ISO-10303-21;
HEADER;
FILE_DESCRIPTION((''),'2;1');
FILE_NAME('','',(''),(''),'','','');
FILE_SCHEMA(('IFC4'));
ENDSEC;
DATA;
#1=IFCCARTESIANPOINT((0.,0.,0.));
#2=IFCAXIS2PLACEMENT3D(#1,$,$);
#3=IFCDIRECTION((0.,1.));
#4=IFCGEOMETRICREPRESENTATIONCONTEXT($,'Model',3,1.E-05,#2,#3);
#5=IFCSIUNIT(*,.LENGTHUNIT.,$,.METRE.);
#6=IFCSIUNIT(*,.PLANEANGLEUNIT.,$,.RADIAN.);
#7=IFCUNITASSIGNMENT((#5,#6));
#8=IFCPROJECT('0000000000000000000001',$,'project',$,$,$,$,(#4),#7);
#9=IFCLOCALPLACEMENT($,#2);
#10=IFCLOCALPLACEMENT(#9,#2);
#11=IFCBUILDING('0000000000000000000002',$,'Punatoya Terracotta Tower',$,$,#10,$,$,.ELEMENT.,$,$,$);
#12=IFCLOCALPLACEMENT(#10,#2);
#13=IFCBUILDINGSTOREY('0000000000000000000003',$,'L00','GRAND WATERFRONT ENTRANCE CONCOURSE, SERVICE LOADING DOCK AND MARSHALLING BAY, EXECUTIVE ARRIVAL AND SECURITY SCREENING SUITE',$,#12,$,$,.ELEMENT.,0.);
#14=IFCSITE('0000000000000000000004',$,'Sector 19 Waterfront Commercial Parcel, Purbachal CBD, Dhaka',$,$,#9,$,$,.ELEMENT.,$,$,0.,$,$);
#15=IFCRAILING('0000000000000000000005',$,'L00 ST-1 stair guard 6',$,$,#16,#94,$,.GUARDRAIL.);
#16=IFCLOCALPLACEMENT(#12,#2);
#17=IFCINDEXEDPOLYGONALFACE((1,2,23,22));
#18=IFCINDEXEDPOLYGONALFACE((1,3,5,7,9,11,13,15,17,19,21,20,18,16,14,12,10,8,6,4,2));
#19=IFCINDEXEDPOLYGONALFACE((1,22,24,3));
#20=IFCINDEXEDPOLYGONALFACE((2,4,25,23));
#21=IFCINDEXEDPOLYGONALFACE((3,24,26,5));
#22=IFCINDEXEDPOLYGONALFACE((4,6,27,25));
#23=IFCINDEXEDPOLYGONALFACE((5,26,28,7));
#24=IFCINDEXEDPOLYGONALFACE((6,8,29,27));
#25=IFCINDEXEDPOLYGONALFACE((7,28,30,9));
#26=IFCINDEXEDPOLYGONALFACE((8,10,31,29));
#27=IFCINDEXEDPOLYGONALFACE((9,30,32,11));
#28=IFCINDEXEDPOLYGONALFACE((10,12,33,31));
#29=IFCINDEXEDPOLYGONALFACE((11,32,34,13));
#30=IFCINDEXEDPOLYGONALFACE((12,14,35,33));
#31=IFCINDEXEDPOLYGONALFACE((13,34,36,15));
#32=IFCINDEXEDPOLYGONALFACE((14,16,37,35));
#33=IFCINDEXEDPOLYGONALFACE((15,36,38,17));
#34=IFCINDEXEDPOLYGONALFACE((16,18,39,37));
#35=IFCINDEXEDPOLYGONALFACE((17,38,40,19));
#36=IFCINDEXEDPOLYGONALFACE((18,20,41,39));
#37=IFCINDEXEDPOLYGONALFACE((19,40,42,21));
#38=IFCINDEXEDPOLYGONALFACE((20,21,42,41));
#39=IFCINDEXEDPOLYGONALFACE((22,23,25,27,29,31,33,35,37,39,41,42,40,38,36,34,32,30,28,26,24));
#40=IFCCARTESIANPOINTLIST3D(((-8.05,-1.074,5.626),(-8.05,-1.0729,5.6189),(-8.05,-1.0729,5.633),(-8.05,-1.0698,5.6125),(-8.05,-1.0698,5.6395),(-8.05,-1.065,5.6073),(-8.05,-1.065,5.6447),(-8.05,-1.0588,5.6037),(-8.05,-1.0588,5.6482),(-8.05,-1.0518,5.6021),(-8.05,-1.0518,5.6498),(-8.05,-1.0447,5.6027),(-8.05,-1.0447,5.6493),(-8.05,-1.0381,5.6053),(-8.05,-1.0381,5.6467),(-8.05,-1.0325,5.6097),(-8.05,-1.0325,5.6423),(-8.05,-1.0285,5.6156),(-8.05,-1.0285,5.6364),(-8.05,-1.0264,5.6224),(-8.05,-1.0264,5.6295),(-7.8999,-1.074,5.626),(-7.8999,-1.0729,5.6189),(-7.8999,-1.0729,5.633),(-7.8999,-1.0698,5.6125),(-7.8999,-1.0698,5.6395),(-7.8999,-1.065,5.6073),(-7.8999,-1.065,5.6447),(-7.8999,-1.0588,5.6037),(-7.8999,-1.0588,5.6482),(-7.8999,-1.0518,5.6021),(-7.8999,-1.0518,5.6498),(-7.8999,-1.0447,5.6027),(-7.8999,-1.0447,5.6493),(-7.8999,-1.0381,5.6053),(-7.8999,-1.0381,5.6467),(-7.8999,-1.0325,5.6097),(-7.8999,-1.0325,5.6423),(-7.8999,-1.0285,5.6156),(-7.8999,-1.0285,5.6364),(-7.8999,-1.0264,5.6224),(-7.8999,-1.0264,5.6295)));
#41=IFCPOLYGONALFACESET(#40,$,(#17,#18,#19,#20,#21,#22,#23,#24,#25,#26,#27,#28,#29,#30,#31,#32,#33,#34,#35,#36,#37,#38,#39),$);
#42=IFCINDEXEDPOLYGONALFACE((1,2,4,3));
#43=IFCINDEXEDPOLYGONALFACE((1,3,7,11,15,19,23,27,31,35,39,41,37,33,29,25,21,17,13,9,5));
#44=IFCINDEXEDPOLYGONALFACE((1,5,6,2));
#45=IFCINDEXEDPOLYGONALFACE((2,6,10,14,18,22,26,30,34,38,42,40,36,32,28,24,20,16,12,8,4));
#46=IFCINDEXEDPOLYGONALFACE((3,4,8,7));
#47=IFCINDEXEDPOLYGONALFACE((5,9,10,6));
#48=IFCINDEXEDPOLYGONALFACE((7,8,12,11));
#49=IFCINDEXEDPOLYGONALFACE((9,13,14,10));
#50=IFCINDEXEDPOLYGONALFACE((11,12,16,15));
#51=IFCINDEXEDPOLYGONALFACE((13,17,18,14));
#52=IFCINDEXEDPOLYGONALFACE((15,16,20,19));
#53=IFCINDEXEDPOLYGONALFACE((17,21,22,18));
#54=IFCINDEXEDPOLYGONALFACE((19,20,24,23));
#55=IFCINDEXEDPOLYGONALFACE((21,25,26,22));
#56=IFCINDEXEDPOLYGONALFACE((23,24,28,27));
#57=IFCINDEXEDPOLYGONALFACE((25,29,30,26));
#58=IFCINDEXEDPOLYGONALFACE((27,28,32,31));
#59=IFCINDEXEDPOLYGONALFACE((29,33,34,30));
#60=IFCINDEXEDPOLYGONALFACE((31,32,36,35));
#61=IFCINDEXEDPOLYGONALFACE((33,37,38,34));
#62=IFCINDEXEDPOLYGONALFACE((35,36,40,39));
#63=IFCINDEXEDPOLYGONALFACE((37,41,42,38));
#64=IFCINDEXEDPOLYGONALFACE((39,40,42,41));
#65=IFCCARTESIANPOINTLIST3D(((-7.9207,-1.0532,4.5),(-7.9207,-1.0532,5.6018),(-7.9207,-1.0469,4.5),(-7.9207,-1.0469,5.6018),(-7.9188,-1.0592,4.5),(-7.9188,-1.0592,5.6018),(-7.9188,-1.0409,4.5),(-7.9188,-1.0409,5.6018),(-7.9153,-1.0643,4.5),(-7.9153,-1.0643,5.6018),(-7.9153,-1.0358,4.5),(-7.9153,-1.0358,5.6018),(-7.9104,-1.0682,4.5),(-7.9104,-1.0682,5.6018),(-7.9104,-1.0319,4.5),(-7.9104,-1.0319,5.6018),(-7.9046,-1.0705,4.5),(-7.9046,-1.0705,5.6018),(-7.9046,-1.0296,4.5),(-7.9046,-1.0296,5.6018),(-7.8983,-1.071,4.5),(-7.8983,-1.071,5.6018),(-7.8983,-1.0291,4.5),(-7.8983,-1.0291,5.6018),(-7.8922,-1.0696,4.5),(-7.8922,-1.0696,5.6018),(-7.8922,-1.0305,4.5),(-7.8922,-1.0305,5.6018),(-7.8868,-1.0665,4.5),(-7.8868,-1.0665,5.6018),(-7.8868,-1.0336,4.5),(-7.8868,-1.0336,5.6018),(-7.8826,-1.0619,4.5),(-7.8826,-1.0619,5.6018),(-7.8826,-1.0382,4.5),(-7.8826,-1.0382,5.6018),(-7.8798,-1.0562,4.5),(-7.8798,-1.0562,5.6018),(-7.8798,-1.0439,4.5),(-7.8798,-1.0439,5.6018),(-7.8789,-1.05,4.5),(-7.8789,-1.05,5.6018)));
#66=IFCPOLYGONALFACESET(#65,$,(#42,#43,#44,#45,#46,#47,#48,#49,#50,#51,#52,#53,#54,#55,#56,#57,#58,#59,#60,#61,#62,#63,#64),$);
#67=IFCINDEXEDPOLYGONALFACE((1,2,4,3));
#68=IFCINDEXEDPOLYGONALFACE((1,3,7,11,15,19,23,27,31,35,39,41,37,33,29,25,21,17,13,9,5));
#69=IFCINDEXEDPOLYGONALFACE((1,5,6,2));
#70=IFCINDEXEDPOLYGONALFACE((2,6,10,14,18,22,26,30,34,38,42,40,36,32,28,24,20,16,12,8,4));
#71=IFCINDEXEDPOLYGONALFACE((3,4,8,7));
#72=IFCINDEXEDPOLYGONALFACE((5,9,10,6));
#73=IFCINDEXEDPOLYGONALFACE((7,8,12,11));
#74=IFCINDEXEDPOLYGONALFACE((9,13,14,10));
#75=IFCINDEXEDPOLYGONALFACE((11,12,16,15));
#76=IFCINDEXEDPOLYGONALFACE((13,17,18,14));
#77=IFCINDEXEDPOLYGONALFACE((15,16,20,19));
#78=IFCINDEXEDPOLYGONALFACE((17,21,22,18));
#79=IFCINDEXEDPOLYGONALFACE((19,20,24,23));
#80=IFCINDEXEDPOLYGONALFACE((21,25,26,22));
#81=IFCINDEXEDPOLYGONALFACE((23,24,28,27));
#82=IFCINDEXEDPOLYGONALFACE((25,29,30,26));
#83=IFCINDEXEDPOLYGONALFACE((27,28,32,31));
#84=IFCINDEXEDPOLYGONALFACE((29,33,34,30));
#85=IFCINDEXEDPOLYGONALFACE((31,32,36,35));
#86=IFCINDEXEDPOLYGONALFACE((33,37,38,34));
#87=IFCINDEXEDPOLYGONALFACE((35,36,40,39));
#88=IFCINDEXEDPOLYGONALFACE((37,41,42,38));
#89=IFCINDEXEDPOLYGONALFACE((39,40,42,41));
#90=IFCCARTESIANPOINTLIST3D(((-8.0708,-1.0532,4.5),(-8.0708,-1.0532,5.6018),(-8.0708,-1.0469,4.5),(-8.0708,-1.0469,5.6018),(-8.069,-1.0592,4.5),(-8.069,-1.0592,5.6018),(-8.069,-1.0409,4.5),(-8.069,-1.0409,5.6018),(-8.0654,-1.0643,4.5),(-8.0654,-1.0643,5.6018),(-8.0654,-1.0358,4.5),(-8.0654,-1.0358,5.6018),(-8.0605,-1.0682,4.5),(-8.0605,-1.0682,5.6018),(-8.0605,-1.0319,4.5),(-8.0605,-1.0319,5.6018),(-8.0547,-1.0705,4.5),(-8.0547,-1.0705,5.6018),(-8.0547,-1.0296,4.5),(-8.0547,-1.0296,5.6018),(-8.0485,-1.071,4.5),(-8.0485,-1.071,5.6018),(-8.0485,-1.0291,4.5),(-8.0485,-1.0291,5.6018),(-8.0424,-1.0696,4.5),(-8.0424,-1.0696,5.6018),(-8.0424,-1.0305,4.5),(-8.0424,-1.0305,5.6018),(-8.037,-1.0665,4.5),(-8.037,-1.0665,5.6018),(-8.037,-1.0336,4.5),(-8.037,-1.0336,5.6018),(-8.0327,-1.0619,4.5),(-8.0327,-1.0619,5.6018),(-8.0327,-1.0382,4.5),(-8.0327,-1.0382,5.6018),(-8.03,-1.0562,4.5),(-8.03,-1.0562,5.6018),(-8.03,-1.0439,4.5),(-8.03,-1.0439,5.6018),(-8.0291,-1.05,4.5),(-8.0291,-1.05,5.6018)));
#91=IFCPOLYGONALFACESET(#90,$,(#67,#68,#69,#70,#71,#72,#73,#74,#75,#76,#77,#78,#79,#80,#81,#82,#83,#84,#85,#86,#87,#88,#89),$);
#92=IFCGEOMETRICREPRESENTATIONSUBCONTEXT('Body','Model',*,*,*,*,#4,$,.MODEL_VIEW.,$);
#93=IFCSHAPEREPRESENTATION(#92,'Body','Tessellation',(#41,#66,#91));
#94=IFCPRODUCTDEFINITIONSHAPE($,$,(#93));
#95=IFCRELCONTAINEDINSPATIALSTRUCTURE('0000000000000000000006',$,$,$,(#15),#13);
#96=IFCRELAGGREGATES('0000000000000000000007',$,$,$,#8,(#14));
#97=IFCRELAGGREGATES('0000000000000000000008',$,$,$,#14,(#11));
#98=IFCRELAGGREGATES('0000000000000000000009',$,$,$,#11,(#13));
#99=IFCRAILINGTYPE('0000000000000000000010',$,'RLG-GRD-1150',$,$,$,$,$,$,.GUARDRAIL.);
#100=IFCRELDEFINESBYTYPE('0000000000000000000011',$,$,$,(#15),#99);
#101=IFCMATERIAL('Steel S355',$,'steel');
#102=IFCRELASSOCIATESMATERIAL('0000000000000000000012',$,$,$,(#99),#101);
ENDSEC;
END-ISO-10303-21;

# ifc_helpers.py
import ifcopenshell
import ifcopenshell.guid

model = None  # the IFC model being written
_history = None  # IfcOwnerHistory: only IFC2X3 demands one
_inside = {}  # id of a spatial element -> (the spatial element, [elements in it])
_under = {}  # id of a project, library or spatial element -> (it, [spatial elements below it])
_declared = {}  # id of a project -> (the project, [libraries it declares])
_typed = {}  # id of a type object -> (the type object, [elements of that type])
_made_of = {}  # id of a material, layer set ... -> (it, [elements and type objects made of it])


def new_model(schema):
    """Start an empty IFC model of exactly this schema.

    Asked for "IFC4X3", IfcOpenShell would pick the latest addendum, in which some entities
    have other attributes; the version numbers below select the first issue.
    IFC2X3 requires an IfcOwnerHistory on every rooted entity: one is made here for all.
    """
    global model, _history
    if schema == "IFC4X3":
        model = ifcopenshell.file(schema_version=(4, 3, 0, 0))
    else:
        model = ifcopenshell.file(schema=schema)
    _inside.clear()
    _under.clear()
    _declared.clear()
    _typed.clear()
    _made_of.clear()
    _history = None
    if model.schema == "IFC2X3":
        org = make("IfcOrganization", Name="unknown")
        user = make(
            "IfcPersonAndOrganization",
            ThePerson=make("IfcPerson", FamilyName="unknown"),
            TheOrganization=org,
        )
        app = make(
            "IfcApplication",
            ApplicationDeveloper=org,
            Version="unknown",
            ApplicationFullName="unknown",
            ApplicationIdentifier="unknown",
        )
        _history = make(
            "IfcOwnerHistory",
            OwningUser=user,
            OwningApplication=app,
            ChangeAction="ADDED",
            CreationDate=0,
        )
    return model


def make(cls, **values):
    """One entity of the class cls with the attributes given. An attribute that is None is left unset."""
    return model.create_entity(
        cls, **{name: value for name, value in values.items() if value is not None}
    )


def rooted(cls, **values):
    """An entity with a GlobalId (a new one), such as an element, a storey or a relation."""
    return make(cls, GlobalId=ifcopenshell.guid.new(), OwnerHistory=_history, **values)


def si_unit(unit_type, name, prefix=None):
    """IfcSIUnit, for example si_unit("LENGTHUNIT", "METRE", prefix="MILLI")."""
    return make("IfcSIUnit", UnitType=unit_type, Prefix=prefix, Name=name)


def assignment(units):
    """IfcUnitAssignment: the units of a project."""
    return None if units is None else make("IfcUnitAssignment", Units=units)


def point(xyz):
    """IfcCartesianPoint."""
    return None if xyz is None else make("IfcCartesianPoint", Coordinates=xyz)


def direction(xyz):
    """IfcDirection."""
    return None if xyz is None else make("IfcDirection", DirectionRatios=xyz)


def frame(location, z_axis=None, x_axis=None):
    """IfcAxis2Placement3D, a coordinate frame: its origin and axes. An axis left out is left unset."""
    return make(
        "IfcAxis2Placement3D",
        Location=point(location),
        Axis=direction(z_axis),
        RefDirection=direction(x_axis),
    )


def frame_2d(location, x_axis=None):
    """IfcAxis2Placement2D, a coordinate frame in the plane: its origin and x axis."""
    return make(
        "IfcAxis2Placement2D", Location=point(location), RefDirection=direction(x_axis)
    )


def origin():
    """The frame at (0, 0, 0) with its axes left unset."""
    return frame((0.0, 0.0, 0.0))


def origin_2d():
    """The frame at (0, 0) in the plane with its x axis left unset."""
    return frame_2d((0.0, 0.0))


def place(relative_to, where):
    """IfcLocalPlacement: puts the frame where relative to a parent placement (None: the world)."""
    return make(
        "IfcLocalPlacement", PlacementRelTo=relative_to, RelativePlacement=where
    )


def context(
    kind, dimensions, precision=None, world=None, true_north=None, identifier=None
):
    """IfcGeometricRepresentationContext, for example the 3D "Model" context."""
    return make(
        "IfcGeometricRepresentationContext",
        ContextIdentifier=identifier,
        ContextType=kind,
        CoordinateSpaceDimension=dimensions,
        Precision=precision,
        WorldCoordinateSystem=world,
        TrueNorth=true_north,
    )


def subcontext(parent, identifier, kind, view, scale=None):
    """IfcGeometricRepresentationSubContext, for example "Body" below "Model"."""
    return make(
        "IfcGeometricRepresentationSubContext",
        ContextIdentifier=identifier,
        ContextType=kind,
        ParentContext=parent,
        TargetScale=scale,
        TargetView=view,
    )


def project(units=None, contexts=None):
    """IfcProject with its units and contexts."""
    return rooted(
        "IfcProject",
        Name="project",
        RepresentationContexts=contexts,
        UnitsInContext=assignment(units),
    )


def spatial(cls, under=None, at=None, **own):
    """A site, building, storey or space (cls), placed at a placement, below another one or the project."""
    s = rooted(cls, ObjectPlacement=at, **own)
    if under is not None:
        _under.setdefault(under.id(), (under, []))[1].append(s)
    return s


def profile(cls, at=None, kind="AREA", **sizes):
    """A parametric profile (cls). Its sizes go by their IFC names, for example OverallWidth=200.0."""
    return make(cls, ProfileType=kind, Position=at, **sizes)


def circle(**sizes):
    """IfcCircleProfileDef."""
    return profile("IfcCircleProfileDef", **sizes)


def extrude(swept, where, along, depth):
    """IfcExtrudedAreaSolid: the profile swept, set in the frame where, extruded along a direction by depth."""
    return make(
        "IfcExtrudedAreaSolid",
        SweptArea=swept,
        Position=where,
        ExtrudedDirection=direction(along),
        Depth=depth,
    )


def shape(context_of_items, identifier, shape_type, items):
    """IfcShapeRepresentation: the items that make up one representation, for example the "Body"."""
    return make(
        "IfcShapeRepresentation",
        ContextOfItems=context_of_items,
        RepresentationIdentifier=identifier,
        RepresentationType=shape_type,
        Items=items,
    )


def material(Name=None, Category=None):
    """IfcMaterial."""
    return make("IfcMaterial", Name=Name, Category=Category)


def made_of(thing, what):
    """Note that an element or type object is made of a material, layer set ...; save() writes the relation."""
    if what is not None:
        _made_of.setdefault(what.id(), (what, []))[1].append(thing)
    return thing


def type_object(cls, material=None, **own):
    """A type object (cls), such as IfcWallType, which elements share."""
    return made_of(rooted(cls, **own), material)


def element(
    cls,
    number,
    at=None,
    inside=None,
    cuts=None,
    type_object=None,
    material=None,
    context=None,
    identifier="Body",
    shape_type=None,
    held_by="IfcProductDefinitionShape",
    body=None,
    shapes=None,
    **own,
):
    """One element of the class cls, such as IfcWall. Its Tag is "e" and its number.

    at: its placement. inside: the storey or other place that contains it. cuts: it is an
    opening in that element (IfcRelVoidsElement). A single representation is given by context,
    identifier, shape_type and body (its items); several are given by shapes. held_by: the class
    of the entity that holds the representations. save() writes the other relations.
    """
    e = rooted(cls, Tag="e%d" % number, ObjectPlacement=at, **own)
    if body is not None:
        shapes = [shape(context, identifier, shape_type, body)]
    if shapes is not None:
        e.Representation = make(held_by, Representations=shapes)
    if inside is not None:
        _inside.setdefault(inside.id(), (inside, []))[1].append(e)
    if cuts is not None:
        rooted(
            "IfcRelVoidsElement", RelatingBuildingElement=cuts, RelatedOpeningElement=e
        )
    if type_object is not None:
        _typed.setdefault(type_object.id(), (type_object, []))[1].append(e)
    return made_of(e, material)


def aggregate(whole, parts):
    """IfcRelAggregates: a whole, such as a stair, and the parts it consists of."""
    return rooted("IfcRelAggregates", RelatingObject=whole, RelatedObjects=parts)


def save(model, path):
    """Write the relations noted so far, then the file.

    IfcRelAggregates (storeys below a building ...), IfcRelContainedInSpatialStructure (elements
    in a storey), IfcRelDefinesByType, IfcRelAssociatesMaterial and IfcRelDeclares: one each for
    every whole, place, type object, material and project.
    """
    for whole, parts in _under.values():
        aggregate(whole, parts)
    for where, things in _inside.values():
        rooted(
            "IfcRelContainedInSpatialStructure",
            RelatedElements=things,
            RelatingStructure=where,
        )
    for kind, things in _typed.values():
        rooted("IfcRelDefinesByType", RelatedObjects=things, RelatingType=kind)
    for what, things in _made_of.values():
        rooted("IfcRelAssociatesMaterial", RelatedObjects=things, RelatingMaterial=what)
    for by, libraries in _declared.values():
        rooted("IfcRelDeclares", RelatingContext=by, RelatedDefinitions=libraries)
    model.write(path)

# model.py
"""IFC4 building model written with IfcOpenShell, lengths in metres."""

from ifc_helpers import new_model, si_unit, direction, frame, origin, origin_2d, place, context, subcontext, project, spatial, circle, extrude, material, type_object, element, save


model = new_model("IFC4")

# Units and contexts
model_context = context("Model", 3, precision=1e-05, world=origin(), true_north=direction((0.0, 1.0)))
body_context = subcontext(model_context, "Body", "Model", "MODEL_VIEW")
ifc_project = project(units=[si_unit("LENGTHUNIT", "METRE"), si_unit("PLANEANGLEUNIT", "RADIAN")], contexts=[model_context])

# Site, building, storey
site_placement = place(None, origin())
site = spatial("IfcSite", under=ifc_project, at=site_placement, Name="Sector 19 Waterfront Commercial Parcel, Purbachal CBD, Dhaka", CompositionType="ELEMENT", RefElevation=0.0)
building_placement = place(site_placement, origin())
building = spatial("IfcBuilding", under=site, at=building_placement, Name="Punatoya Terracotta Tower", CompositionType="ELEMENT")
storey_placement = place(building_placement, origin())
storey = spatial("IfcBuildingStorey", under=building, at=storey_placement, Name="L00", Description="GRAND WATERFRONT ENTRANCE CONCOURSE, SERVICE LOADING DOCK AND MARSHALLING BAY, EXECUTIVE ARRIVAL AND SECURITY SCREENING SUITE", CompositionType="ELEMENT", Elevation=0.0)

# Shared definitions
ifc_material_1 = material(Name="Steel S355", Category="steel")

# Railing
railing_type_1 = type_object("IfcRailingType", Name="RLG-GRD-1150", PredefinedType="GUARDRAIL", material=ifc_material_1)
railing_1_placement = place(storey_placement, frame((-7.8999, -1.05, 4.5)))
element("IfcRailing", 1, at=railing_1_placement, inside=storey, type_object=railing_type_1, Name="L00 ST-1 stair guard 6", PredefinedType="GUARDRAIL", context=body_context, shape_type="SweptSolid", body=[
    extrude(circle(Radius=0.0239, at=origin_2d()), frame((0.0, 0.0, 1.126), z_axis=(-1.0, 0.0, 0.0), x_axis=(0.0, -1.0, 0.0)), (0.0, 0.0, 1.0), 0.1501),
    extrude(circle(Radius=0.021, at=origin_2d()), origin(), (0.0, 0.0, 1.0), 1.1018),
    extrude(circle(Radius=0.021, at=origin_2d()), frame((-0.1501, 0.0, 0.0)), (0.0, 0.0, 1.0), 1.1018),
])

save(model, "model.ifc")
